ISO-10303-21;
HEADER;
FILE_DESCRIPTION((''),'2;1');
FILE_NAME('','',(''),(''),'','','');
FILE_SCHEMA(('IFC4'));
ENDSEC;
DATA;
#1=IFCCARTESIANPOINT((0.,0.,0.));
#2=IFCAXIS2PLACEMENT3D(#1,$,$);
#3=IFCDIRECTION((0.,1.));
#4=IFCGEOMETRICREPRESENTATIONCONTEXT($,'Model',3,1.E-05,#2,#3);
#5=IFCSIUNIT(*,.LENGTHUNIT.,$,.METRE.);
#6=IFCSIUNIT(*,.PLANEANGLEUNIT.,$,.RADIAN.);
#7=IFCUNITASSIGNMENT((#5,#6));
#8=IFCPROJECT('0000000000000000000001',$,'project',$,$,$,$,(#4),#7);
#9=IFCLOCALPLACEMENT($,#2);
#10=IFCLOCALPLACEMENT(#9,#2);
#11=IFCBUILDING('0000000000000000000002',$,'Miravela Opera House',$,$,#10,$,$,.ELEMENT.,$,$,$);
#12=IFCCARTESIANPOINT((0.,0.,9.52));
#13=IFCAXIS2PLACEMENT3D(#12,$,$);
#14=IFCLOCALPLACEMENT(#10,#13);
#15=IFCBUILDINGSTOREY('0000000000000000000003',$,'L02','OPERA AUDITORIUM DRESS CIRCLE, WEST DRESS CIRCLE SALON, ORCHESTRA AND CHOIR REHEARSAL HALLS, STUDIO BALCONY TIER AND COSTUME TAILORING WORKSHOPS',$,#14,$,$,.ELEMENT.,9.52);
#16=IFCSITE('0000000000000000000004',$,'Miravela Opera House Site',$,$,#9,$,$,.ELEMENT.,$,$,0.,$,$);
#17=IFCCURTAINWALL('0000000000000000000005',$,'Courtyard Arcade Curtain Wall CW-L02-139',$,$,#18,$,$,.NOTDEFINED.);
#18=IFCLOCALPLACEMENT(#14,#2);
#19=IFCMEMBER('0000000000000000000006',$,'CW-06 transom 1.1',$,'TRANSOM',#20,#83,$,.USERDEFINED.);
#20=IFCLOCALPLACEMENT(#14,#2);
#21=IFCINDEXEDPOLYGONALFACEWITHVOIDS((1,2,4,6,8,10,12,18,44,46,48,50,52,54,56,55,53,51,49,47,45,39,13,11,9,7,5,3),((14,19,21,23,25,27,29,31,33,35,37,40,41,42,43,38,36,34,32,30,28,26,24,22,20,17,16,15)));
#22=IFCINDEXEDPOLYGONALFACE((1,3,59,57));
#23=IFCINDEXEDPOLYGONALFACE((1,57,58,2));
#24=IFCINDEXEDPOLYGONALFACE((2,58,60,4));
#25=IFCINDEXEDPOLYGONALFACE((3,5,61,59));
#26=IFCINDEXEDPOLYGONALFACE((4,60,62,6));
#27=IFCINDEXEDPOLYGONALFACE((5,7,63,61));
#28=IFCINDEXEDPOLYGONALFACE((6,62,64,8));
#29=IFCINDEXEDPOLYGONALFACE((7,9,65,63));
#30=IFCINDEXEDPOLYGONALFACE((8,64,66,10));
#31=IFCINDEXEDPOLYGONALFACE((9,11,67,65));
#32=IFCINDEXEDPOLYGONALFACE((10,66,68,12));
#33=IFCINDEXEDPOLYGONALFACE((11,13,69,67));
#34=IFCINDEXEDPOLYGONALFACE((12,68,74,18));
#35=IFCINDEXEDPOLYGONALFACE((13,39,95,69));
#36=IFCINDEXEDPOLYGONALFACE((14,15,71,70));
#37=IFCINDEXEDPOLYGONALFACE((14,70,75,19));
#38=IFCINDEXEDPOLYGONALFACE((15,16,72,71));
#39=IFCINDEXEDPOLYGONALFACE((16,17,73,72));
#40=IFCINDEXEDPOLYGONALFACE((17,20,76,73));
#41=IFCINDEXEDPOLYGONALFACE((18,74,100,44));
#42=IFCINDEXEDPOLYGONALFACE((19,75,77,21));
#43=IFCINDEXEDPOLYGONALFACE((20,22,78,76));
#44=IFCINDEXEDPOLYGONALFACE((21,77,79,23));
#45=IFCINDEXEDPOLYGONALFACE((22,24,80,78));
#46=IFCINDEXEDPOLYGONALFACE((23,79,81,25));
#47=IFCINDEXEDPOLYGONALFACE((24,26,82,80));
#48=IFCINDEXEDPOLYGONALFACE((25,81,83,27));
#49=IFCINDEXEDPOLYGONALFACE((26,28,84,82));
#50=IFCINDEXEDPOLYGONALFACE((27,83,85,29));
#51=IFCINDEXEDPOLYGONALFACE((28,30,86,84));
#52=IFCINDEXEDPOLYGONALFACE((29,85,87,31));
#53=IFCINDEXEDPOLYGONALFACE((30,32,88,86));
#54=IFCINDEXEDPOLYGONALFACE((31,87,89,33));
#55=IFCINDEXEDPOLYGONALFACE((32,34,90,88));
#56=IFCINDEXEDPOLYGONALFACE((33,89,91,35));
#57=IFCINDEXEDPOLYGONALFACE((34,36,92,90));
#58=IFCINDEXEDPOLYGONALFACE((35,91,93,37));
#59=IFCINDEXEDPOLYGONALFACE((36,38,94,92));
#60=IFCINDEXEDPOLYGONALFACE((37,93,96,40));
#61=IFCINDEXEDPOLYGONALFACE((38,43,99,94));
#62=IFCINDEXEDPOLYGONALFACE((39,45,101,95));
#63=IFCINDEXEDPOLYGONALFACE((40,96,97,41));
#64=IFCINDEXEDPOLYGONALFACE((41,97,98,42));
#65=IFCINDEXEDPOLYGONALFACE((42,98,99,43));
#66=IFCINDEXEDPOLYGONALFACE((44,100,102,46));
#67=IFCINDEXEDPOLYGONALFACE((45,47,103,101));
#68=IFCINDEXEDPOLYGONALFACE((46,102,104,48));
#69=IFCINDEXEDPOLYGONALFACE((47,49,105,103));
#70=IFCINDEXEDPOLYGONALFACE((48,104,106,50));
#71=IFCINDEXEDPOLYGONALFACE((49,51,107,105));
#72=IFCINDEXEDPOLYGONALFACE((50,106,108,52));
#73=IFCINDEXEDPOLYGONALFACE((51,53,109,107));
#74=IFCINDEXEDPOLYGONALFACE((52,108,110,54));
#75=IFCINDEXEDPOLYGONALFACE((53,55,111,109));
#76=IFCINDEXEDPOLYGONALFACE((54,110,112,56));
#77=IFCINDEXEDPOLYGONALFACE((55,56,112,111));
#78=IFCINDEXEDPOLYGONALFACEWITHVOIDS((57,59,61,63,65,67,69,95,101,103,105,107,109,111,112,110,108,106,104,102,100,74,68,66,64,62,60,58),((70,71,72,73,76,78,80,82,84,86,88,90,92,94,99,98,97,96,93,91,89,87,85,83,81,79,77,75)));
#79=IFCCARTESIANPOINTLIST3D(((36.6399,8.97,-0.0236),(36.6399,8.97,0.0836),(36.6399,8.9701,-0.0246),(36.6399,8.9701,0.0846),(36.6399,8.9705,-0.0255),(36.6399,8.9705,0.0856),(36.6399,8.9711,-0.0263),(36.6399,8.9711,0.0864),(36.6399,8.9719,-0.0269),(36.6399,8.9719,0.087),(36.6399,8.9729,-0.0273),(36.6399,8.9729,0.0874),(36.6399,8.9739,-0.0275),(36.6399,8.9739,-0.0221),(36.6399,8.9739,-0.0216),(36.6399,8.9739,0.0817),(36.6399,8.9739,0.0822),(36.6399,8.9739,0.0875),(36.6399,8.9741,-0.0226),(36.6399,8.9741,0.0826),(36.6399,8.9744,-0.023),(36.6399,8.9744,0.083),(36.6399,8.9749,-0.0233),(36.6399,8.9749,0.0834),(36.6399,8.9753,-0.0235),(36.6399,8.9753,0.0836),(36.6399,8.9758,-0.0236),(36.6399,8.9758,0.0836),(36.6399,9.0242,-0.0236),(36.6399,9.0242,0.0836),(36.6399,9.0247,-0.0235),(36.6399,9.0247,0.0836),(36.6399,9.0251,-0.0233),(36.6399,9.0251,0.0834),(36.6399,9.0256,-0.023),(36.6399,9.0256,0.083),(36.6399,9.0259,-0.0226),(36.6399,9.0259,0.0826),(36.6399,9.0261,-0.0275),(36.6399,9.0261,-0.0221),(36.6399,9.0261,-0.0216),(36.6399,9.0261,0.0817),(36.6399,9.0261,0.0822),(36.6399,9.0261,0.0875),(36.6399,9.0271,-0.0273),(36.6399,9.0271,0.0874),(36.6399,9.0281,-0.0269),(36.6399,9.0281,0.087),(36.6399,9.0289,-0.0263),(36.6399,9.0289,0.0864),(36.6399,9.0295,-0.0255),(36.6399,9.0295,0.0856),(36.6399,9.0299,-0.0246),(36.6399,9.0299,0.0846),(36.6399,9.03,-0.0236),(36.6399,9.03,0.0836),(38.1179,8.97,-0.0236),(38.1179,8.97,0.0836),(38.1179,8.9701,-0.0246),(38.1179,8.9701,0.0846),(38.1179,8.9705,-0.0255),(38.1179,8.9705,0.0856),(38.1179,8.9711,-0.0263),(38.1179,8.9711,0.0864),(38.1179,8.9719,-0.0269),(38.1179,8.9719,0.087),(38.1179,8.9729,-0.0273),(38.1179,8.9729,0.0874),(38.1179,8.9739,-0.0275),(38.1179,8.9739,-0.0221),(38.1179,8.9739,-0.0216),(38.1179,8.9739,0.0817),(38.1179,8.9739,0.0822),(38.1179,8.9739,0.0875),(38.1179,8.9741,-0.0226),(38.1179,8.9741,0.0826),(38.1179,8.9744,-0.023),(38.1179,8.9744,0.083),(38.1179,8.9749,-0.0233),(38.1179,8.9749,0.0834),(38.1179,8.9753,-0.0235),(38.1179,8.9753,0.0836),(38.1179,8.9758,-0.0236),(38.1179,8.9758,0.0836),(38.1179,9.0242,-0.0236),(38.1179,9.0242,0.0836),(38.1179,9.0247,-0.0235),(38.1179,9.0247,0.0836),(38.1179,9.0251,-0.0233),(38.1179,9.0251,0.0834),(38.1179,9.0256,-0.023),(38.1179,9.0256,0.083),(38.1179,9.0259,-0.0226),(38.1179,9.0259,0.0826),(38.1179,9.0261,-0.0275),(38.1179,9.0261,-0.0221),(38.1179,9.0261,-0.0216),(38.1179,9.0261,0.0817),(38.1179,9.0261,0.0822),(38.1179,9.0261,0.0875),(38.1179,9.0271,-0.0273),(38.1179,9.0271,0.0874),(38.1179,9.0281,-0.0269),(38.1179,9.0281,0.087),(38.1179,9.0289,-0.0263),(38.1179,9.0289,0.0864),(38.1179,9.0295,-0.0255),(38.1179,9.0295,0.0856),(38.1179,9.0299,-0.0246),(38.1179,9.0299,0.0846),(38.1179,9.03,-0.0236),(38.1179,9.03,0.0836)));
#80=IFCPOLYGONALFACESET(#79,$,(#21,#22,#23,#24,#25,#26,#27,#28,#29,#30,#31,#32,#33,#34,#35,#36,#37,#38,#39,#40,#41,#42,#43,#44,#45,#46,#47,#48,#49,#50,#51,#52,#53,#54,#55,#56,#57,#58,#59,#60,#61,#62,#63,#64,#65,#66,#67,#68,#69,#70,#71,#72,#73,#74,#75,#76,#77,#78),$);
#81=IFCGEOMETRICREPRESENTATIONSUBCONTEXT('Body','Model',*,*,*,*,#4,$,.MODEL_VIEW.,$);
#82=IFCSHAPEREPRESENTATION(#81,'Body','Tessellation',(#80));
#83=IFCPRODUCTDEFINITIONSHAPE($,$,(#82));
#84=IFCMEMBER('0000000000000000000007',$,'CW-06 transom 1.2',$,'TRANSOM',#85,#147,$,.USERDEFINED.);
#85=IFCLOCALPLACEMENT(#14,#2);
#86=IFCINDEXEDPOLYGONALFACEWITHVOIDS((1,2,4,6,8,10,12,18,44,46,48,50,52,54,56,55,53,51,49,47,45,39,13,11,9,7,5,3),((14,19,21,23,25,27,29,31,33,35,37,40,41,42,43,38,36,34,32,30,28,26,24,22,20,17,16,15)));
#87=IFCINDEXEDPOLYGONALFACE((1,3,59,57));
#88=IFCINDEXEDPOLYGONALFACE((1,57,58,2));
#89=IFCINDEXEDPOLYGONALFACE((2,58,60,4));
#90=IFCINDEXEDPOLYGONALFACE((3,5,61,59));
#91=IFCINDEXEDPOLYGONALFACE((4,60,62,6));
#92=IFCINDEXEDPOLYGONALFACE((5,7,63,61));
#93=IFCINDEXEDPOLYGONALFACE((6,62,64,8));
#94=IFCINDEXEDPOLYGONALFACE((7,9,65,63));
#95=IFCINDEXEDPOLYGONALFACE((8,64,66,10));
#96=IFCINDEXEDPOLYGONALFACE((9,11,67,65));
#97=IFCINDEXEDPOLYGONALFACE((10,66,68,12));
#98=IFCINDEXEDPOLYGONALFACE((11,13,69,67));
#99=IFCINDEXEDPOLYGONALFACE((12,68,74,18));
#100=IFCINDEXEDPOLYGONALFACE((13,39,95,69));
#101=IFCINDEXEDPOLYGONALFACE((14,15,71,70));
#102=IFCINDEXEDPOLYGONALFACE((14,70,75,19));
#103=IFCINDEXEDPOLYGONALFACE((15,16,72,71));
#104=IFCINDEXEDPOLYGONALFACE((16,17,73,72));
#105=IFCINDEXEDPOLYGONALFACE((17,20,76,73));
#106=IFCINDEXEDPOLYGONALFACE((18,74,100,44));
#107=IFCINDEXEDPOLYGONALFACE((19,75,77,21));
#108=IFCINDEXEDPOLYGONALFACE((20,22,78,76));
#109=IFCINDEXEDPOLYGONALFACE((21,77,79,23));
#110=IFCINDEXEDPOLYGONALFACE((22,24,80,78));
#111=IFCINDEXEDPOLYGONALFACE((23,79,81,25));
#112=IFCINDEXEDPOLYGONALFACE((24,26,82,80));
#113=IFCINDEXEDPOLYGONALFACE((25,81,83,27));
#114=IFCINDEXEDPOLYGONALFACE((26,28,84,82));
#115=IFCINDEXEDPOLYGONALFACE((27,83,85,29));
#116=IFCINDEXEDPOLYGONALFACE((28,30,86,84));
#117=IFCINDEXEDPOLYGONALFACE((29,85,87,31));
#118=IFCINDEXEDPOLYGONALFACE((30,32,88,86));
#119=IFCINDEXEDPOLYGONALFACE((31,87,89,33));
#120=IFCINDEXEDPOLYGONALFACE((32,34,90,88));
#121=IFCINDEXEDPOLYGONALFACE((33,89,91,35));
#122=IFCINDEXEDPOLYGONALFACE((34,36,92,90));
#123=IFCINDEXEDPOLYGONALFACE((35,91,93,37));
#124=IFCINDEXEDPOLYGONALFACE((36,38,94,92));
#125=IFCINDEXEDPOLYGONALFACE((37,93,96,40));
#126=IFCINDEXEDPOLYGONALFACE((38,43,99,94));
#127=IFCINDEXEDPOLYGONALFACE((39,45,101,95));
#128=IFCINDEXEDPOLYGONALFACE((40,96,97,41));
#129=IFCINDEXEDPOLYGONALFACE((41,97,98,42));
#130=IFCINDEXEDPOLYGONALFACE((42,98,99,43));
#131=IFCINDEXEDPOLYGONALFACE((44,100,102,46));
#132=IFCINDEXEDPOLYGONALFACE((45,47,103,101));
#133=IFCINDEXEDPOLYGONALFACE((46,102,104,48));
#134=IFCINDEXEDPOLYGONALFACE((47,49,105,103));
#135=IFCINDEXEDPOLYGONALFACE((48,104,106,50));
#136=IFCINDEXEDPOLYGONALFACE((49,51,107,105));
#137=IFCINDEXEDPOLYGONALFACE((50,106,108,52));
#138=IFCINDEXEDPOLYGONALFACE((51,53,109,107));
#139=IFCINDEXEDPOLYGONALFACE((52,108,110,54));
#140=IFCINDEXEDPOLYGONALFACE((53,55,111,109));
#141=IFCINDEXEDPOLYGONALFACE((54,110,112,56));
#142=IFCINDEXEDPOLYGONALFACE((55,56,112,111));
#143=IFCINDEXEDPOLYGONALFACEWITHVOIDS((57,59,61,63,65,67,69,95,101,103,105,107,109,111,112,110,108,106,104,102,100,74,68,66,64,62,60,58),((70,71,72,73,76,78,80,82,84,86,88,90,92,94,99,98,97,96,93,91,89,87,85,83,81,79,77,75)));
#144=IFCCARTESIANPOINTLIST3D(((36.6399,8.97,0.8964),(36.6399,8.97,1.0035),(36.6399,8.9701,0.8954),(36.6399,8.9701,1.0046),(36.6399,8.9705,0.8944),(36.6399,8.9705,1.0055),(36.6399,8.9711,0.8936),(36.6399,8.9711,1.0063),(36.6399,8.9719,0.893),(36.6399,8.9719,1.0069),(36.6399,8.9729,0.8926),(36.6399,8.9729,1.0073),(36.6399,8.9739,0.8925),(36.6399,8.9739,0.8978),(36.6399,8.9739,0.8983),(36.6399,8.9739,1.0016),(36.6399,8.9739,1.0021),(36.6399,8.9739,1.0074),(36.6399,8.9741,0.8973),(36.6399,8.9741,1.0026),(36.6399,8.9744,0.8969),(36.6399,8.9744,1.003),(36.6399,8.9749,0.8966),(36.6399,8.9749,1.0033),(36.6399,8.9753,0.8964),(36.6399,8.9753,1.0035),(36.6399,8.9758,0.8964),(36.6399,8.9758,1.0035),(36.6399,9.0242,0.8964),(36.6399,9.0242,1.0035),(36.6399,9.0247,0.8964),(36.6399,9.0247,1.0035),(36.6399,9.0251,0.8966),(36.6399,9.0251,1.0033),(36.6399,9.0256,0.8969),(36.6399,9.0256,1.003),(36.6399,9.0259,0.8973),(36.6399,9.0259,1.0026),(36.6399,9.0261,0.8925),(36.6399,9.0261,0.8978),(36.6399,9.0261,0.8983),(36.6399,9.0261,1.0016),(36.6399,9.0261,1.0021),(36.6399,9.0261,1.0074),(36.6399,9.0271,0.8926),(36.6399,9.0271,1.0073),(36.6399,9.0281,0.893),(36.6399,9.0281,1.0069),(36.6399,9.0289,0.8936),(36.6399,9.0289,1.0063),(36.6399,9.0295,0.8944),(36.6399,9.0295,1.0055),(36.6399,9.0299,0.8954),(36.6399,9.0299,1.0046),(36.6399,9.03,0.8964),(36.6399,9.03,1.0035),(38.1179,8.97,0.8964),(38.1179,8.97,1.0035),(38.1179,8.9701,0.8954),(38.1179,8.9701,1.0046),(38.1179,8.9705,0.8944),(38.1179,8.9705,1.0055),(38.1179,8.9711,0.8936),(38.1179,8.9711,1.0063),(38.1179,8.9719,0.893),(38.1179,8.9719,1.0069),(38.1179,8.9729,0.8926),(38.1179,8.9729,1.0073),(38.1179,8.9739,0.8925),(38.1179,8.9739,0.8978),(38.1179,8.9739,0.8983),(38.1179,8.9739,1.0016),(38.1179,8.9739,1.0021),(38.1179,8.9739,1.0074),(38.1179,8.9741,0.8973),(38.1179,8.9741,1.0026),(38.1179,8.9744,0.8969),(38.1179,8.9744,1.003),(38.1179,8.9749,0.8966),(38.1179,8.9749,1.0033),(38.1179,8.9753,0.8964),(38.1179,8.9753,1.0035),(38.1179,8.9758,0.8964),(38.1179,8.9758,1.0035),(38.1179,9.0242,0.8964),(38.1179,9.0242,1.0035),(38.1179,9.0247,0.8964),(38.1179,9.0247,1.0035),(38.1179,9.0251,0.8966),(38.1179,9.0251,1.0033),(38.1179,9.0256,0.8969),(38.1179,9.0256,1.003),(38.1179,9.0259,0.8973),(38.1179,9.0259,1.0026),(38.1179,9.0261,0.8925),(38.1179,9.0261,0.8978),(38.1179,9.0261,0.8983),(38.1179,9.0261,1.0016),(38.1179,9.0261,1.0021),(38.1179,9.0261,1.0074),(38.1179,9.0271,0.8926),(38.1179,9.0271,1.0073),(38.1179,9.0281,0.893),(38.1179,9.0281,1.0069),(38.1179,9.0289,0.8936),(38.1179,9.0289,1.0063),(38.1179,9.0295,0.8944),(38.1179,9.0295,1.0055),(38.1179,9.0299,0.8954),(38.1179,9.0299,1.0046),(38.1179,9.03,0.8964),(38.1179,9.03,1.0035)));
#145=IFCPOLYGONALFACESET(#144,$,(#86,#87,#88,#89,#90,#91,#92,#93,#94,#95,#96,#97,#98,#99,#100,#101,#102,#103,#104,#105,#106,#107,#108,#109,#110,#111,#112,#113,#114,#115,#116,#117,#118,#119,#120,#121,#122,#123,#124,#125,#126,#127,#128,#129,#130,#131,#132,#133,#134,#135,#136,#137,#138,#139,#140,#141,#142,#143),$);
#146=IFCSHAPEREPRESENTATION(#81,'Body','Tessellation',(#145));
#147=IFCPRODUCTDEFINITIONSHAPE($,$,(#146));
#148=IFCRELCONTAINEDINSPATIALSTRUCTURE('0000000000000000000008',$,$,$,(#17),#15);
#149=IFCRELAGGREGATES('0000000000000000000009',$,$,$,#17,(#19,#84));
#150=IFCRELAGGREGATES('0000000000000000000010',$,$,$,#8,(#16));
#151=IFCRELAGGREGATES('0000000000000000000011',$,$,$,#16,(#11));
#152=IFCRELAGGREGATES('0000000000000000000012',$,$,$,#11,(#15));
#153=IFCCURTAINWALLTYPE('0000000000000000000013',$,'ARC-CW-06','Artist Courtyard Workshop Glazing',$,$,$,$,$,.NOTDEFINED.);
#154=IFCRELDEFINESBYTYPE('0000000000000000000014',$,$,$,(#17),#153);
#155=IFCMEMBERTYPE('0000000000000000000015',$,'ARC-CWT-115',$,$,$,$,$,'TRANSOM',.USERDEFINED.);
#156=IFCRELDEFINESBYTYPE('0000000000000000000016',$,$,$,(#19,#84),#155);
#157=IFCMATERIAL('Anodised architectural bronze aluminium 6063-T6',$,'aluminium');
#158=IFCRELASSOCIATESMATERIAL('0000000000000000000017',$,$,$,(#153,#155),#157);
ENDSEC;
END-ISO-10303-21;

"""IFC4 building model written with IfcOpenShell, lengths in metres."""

from ifc_helpers import new_model, si_unit, direction, frame, origin, origin_2d, place, context, subcontext, project, spatial, hollow_rectangle, extrude, material, material_profile, profile_set, type_object, element, aggregate, save


model = new_model("IFC4")

# Units and contexts
model_context = context("Model", 3, precision=1e-05, world=origin(), true_north=direction((0.0, 1.0)))
body_context = subcontext(model_context, "Body", "Model", "MODEL_VIEW")
ifc_project = project(units=[si_unit("LENGTHUNIT", "METRE"), si_unit("PLANEANGLEUNIT", "RADIAN")], contexts=[model_context])

# Site, building, storey
site_placement = place(None, origin())
site = spatial("IfcSite", under=ifc_project, at=site_placement, Name="Miravela Opera House Site", CompositionType="ELEMENT", RefElevation=0.0)
building_placement = place(site_placement, origin())
building = spatial("IfcBuilding", under=site, at=building_placement, Name="Miravela Opera House", CompositionType="ELEMENT")
storey_placement = place(building_placement, frame((0.0, 0.0, 9.52)))
storey = spatial("IfcBuildingStorey", under=building, at=storey_placement, Name="L02", Description="OPERA AUDITORIUM DRESS CIRCLE, WEST DRESS CIRCLE SALON, ORCHESTRA AND CHOIR REHEARSAL HALLS, STUDIO BALCONY TIER AND COSTUME TAILORING WORKSHOPS", CompositionType="ELEMENT", Elevation=9.52)

# Shared definitions
ifc_material_1 = material(Name="Anodised architectural bronze aluminium 6063-T6", Category="aluminium")
curtain_wall_type = type_object("IfcCurtainWallType", Name="ARC-CW-06", Description="Artist Courtyard Workshop Glazing", PredefinedType="NOTDEFINED", material=ifc_material_1)

# Curtain wall
curtain_wall_1_placement = place(storey_placement, origin())
curtain_wall_1 = element("IfcCurtainWall", 1, at=curtain_wall_1_placement, inside=storey, type_object=curtain_wall_type, Name="Courtyard Arcade Curtain Wall CW-L02-139", PredefinedType="NOTDEFINED")

# Members
ifc_material_profile_1 = material_profile(ifc_material_1, hollow_rectangle(XDim=0.0601, YDim=0.115, WallThickness=0.0039, InnerFilletRadius=0.002, OuterFilletRadius=0.0039, at=origin_2d()), Name="CWT-60X115")
ifc_profile_set_1 = profile_set([ifc_material_profile_1])
member_type_1 = type_object("IfcMemberType", Name="ARC-CWT-115", ElementType="TRANSOM", PredefinedType="USERDEFINED", material=ifc_profile_set_1)
member_1_placement = place(storey_placement, frame((36.6399, 9.0, 0.03), z_axis=(1.0, 0.0, 0.0), x_axis=(0.0, 1.0, 0.0)))
member_1 = element("IfcMember", 2, at=member_1_placement, type_object=member_type_1, Name="CW-06 transom 1.1", ObjectType="TRANSOM", PredefinedType="USERDEFINED", context=body_context, shape_type="SweptSolid", body=[
    extrude(hollow_rectangle(XDim=0.0601, YDim=0.115, WallThickness=0.0039, InnerFilletRadius=0.002, OuterFilletRadius=0.0039, at=origin_2d()), origin(), (0.0, 0.0, 1.0), 1.478),
])
member_2_placement = place(storey_placement, frame((36.6399, 9.0, 0.95), z_axis=(1.0, 0.0, 0.0), x_axis=(0.0, 1.0, 0.0)))
member_2 = element("IfcMember", 3, at=member_2_placement, type_object=member_type_1, Name="CW-06 transom 1.2", ObjectType="TRANSOM", PredefinedType="USERDEFINED", context=body_context, shape_type="SweptSolid", body=[
    extrude(hollow_rectangle(XDim=0.0601, YDim=0.115, WallThickness=0.0039, InnerFilletRadius=0.002, OuterFilletRadius=0.0039, at=origin_2d()), origin(), (0.0, 0.0, 1.0), 1.478),
])
aggregate(curtain_wall_1, [member_1, member_2])

save(model, "model.ifc")
